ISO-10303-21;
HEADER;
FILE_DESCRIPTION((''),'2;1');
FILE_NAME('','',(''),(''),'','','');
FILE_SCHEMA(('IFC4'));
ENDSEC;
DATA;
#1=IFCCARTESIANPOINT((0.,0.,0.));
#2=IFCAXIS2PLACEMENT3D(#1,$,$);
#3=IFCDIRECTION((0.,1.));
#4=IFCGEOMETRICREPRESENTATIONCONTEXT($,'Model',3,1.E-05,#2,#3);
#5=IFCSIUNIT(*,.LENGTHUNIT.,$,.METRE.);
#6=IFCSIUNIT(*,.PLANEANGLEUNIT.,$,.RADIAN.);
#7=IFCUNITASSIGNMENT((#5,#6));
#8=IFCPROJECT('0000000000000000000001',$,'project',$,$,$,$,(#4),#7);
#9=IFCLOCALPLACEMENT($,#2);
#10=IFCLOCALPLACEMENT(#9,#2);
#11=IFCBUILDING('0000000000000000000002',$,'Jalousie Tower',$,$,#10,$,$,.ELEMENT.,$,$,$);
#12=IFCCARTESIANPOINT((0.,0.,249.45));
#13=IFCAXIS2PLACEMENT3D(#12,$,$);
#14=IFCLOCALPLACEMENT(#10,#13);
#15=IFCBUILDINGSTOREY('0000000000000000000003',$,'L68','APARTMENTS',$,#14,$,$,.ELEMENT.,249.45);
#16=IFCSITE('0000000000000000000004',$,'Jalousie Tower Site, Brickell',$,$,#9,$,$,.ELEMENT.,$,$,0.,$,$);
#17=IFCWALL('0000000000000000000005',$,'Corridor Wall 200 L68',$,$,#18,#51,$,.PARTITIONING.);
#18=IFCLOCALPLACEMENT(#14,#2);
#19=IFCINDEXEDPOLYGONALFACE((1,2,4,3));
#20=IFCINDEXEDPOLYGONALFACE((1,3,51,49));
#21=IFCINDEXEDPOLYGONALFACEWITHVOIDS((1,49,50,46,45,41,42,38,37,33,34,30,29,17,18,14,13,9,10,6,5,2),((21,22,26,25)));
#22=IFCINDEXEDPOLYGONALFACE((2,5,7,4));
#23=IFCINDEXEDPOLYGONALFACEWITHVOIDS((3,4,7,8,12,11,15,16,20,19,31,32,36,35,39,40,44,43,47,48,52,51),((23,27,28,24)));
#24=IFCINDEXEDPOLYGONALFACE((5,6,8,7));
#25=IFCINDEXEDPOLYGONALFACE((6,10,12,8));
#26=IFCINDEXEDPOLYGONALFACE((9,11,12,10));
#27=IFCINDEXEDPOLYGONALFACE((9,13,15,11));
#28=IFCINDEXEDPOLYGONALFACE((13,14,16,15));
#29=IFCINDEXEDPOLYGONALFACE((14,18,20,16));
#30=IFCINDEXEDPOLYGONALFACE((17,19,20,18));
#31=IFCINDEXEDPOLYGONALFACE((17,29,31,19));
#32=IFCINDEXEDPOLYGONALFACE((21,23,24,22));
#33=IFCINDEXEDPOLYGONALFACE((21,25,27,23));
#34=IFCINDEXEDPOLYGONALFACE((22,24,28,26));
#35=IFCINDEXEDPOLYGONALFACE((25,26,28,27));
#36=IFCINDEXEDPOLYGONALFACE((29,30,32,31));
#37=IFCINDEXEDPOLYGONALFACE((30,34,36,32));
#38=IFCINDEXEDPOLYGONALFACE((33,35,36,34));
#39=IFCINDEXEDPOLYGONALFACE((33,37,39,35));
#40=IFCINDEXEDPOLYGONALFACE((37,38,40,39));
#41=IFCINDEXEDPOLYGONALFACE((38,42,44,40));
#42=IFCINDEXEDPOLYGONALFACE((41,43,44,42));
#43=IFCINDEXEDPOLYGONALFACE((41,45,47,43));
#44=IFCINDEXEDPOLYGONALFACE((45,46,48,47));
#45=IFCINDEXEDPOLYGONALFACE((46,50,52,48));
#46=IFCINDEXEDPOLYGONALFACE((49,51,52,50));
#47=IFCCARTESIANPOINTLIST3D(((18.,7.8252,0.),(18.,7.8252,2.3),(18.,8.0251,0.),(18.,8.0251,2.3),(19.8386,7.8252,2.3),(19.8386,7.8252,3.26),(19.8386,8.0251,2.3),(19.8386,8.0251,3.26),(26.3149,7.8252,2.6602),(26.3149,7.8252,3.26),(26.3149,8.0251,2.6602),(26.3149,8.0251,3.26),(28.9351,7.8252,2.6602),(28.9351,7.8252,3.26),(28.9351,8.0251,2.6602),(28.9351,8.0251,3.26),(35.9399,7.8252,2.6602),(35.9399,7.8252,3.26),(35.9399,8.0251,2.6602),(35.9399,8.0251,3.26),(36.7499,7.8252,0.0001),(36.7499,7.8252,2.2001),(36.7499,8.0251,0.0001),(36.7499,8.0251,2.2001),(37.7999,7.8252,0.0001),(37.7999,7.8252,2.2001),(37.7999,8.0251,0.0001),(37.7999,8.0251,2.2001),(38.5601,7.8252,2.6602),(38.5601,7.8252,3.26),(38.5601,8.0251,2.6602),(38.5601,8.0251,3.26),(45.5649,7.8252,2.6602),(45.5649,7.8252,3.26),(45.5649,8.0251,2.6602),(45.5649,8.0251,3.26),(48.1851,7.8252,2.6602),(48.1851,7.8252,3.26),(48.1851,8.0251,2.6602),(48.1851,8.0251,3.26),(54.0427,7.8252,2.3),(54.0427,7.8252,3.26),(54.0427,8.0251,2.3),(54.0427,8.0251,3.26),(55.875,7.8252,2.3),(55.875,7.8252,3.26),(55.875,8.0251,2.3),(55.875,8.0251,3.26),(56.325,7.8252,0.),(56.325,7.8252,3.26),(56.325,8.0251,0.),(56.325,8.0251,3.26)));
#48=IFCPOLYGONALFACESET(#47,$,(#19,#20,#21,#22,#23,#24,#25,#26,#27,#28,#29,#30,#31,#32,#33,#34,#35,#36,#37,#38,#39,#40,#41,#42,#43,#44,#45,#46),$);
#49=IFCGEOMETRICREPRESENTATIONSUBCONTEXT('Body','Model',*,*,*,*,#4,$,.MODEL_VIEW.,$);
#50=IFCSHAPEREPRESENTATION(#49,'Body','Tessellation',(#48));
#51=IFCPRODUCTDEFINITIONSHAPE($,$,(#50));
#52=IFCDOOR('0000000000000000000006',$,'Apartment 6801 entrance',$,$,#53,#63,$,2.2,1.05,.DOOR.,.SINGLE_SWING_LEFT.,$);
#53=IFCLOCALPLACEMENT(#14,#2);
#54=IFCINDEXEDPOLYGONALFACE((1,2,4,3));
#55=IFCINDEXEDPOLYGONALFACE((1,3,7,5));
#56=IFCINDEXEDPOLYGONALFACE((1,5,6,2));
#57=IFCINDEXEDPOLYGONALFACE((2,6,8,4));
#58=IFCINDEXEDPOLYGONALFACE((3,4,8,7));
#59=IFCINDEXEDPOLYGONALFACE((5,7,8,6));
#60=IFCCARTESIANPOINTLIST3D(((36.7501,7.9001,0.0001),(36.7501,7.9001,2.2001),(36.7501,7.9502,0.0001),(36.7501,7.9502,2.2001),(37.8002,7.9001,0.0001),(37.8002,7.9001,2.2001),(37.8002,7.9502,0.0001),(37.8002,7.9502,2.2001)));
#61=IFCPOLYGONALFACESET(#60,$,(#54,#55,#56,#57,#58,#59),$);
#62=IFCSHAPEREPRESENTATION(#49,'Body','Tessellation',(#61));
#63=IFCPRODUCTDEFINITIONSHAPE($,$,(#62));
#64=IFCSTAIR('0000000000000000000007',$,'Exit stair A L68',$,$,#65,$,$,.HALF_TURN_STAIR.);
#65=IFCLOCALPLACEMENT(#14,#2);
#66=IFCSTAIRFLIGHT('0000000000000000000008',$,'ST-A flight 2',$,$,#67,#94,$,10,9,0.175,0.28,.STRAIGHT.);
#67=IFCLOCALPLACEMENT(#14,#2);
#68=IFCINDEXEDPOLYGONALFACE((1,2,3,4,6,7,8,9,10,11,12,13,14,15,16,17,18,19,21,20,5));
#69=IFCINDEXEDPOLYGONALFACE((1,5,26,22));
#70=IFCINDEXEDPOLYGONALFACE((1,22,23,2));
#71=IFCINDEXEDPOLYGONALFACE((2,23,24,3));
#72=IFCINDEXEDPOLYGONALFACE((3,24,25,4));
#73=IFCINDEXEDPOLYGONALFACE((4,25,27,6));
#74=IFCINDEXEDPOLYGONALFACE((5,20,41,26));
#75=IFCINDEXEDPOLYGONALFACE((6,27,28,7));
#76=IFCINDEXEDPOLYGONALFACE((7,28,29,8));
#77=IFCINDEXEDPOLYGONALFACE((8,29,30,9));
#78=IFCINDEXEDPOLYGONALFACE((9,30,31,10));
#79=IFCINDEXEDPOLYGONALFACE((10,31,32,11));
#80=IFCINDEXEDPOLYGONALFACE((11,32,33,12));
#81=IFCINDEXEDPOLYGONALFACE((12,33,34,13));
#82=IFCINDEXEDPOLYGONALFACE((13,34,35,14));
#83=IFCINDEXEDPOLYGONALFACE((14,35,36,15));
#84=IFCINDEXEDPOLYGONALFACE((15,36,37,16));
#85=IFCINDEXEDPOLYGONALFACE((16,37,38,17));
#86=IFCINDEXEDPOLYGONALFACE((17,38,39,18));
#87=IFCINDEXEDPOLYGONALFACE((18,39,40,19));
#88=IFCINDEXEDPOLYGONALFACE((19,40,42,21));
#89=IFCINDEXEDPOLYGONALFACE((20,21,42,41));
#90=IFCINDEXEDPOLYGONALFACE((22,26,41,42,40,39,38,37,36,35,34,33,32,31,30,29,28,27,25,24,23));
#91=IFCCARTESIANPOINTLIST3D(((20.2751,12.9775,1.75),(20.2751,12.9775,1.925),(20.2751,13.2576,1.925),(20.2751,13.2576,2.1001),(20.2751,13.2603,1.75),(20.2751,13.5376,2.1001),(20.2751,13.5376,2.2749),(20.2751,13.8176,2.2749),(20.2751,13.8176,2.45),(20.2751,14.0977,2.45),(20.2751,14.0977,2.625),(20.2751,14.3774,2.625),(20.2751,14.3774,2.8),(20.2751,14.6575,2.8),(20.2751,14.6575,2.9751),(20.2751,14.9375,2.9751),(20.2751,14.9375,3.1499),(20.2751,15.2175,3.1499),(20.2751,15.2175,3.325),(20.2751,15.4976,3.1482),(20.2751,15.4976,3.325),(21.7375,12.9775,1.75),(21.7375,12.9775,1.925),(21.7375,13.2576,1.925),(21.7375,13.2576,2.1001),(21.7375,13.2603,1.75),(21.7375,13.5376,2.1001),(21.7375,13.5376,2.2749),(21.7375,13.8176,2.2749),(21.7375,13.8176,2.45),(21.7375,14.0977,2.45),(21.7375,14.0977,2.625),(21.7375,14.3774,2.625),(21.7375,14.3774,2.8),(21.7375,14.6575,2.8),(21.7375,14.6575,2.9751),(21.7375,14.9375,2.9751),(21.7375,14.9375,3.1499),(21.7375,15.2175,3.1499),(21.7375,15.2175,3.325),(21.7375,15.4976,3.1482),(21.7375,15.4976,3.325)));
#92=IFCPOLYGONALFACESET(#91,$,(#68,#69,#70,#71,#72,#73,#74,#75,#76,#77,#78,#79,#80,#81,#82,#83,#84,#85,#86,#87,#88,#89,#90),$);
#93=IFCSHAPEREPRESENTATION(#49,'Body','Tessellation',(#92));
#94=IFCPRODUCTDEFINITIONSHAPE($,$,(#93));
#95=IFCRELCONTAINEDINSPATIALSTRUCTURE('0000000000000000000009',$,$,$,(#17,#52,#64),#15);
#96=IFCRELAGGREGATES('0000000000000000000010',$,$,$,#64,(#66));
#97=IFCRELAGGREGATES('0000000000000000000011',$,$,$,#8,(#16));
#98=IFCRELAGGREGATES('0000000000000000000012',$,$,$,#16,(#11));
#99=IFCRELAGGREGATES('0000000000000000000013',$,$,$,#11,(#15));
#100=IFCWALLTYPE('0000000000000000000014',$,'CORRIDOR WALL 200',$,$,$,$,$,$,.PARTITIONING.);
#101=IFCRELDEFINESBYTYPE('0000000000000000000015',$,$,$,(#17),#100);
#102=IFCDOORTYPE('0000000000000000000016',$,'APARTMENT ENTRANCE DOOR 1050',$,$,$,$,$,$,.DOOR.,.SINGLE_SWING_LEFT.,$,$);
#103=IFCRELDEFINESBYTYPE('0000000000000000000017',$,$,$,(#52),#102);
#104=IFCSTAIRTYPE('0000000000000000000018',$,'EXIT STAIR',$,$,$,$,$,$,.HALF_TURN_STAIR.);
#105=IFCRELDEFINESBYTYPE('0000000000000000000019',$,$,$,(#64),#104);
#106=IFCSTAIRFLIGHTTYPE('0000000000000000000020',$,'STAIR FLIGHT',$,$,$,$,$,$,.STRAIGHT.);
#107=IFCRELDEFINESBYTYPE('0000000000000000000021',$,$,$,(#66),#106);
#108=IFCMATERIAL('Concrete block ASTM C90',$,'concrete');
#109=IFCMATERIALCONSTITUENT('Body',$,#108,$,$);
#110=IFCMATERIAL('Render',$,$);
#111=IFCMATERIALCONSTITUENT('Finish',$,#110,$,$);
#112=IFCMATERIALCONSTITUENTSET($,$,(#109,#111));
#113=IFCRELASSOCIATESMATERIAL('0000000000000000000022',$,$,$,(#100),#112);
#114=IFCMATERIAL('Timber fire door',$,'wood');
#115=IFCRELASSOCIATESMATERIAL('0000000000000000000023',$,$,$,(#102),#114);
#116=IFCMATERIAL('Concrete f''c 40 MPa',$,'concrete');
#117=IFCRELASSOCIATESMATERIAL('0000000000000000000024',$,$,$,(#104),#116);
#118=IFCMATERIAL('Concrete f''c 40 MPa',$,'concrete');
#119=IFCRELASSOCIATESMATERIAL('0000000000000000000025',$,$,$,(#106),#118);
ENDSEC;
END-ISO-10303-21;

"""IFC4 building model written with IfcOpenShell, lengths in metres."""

from ifc_helpers import new_model, si_unit, direction, frame, frame_2d, origin, place, context, subcontext, project, spatial, polyline, rectangle, outline, extrude, material, constituent, constituent_set, type_object, element, fill, aggregate, save


model = new_model("IFC4")

# Units and contexts
model_context = context("Model", 3, precision=1e-05, world=origin(), true_north=direction((0.0, 1.0)))
body_context = subcontext(model_context, "Body", "Model", "MODEL_VIEW")
ifc_project = project(units=[si_unit("LENGTHUNIT", "METRE"), si_unit("PLANEANGLEUNIT", "RADIAN")], contexts=[model_context])

# Site, building, storey
site_placement = place(None, origin())
site = spatial("IfcSite", under=ifc_project, at=site_placement, Name="Jalousie Tower Site, Brickell", CompositionType="ELEMENT", RefElevation=0.0)
building_placement = place(site_placement, origin())
building = spatial("IfcBuilding", under=site, at=building_placement, Name="Jalousie Tower", CompositionType="ELEMENT")
storey_placement = place(building_placement, frame((0.0, 0.0, 249.45)))
storey = spatial("IfcBuildingStorey", under=building, at=storey_placement, Name="L68", Description="APARTMENTS", CompositionType="ELEMENT", Elevation=249.45)

# Wall, opening, door
ifc_material_1 = material(Name="Concrete block ASTM C90", Category="concrete")
ifc_constituent_1 = constituent(ifc_material_1, Name="Body")
ifc_material_2 = material(Name="Render")
ifc_constituent_2 = constituent(ifc_material_2, Name="Finish")
ifc_constituent_set_1 = constituent_set(constituents=[ifc_constituent_1, ifc_constituent_2])
wall_type_1 = type_object("IfcWallType", Name="CORRIDOR WALL 200", PredefinedType="PARTITIONING", material=ifc_constituent_set_1)
wall_1_placement = place(storey_placement, frame((18.0, 7.925, 0.0), z_axis=(0.0, 0.0, 1.0), x_axis=(1.0, 0.0, 0.0)))
wall_1 = element("IfcWall", 1, at=wall_1_placement, inside=storey, type_object=wall_type_1, Name="Corridor Wall 200 L68", PredefinedType="PARTITIONING", context=body_context, shape_type="SweptSolid", body=[
    extrude(outline(polyline([(0.0, 0.0), (38.325, 0.0), (38.325, 3.26), (37.875, 3.26), (37.875, 2.3), (36.0427, 2.3), (36.0427, 3.26), (30.1851, 3.26), (30.1851, 2.6602), (27.5649, 2.6602), (27.5649, 3.26), (20.5601, 3.26), (20.5601, 2.6602), (17.9399, 2.6602), (17.9399, 3.26), (10.9351, 3.26), (10.9351, 2.6602), (8.3149, 2.6602), (8.3149, 3.26), (1.8386, 3.26), (1.8386, 2.3), (0.0, 2.3), (0.0, 3.26), (0.0, 0.0)])), frame((0.0, 0.1001, 0.0), z_axis=(0.0, -1.0, 0.0), x_axis=(1.0, 0.0, 0.0)), (0.0, 0.0, 1.0), 0.2),
])
opening_1_placement = place(wall_1_placement, frame((18.75, 0.0, 0.0)))
opening_1 = element("IfcOpeningElement", 2, at=opening_1_placement, cuts=wall_1, PredefinedType="OPENING", context=body_context, shape_type="SweptSolid", body=[
    extrude(rectangle(XDim=1.05, YDim=2.2, at=frame_2d((0.5249, 1.1001))), frame((0.0, 0.1099, 0.0), z_axis=(0.0, -1.0, 0.0), x_axis=(1.0, 0.0, 0.0)), (0.0, 0.0, 1.0), 0.22),
])
ifc_material_3 = material(Name="Timber fire door", Category="wood")
door_type_1 = type_object("IfcDoorType", Name="APARTMENT ENTRANCE DOOR 1050", OperationType="SINGLE_SWING_LEFT", PredefinedType="DOOR", material=ifc_material_3)
door_1_placement = place(opening_1_placement, frame((1.05, 0.0, 0.0), z_axis=(0.0, 0.0, 1.0), x_axis=(-1.0, 0.0, 0.0)))
door_1 = element("IfcDoor", 3, at=door_1_placement, inside=storey, type_object=door_type_1, Name="Apartment 6801 entrance", OperationType="SINGLE_SWING_LEFT", OverallHeight=2.2, OverallWidth=1.05, PredefinedType="DOOR", context=body_context, shape_type="SweptSolid", body=[
    extrude(rectangle(XDim=1.05, YDim=2.2, at=frame_2d((0.5249, 1.1001))), frame((0.0, 0.0249, 0.0), z_axis=(0.0, -1.0, 0.0), x_axis=(1.0, 0.0, 0.0)), (0.0, 0.0, 1.0), 0.05),
])
fill(opening_1, door_1)

# Stair, stair flight
ifc_material_4 = material(Name="Concrete f'c 40 MPa", Category="concrete")
stair_type = type_object("IfcStairType", Name="EXIT STAIR", PredefinedType="HALF_TURN_STAIR", material=ifc_material_4)
stair_placement = place(storey_placement, origin())
stair = element("IfcStair", 4, at=stair_placement, inside=storey, type_object=stair_type, Name="Exit stair A L68", PredefinedType="HALF_TURN_STAIR")
ifc_material_5 = material(Name="Concrete f'c 40 MPa", Category="concrete")
stair_flight_type = type_object("IfcStairFlightType", Name="STAIR FLIGHT", PredefinedType="STRAIGHT", material=ifc_material_5)
stair_flight_placement = place(storey_placement, frame((21.0063, 12.9775, 1.75), z_axis=(0.0, 0.0, 1.0), x_axis=(0.0, 1.0, 0.0)))
stair_flight = element("IfcStairFlight", 5, at=stair_flight_placement, type_object=stair_flight_type, Name="ST-A flight 2", NumberOfRisers=10, NumberOfTreads=9, PredefinedType="STRAIGHT", RiserHeight=0.175, TreadLength=0.28, context=body_context, shape_type="SweptSolid", body=[
    extrude(outline(polyline([(0.0, 0.0), (0.0, 0.175), (0.28, 0.175), (0.28, 0.3501), (0.5601, 0.3501), (0.5601, 0.5249), (0.8401, 0.5249), (0.8401, 0.7), (1.1201, 0.7), (1.1201, 0.875), (1.3999, 0.875), (1.3999, 1.05), (1.6799, 1.05), (1.6799, 1.2251), (1.96, 1.2251), (1.96, 1.3999), (2.24, 1.3999), (2.24, 1.575), (2.52, 1.575), (2.52, 1.75), (2.52, 1.3982), (0.2827, 0.0), (0.0, 0.0)])), frame((0.0, 0.7312, 0.0), z_axis=(0.0, -1.0, 0.0), x_axis=(1.0, 0.0, 0.0)), (0.0, 0.0, 1.0), 1.4624),
])
aggregate(stair, [stair_flight])

save(model, "model.ifc")
